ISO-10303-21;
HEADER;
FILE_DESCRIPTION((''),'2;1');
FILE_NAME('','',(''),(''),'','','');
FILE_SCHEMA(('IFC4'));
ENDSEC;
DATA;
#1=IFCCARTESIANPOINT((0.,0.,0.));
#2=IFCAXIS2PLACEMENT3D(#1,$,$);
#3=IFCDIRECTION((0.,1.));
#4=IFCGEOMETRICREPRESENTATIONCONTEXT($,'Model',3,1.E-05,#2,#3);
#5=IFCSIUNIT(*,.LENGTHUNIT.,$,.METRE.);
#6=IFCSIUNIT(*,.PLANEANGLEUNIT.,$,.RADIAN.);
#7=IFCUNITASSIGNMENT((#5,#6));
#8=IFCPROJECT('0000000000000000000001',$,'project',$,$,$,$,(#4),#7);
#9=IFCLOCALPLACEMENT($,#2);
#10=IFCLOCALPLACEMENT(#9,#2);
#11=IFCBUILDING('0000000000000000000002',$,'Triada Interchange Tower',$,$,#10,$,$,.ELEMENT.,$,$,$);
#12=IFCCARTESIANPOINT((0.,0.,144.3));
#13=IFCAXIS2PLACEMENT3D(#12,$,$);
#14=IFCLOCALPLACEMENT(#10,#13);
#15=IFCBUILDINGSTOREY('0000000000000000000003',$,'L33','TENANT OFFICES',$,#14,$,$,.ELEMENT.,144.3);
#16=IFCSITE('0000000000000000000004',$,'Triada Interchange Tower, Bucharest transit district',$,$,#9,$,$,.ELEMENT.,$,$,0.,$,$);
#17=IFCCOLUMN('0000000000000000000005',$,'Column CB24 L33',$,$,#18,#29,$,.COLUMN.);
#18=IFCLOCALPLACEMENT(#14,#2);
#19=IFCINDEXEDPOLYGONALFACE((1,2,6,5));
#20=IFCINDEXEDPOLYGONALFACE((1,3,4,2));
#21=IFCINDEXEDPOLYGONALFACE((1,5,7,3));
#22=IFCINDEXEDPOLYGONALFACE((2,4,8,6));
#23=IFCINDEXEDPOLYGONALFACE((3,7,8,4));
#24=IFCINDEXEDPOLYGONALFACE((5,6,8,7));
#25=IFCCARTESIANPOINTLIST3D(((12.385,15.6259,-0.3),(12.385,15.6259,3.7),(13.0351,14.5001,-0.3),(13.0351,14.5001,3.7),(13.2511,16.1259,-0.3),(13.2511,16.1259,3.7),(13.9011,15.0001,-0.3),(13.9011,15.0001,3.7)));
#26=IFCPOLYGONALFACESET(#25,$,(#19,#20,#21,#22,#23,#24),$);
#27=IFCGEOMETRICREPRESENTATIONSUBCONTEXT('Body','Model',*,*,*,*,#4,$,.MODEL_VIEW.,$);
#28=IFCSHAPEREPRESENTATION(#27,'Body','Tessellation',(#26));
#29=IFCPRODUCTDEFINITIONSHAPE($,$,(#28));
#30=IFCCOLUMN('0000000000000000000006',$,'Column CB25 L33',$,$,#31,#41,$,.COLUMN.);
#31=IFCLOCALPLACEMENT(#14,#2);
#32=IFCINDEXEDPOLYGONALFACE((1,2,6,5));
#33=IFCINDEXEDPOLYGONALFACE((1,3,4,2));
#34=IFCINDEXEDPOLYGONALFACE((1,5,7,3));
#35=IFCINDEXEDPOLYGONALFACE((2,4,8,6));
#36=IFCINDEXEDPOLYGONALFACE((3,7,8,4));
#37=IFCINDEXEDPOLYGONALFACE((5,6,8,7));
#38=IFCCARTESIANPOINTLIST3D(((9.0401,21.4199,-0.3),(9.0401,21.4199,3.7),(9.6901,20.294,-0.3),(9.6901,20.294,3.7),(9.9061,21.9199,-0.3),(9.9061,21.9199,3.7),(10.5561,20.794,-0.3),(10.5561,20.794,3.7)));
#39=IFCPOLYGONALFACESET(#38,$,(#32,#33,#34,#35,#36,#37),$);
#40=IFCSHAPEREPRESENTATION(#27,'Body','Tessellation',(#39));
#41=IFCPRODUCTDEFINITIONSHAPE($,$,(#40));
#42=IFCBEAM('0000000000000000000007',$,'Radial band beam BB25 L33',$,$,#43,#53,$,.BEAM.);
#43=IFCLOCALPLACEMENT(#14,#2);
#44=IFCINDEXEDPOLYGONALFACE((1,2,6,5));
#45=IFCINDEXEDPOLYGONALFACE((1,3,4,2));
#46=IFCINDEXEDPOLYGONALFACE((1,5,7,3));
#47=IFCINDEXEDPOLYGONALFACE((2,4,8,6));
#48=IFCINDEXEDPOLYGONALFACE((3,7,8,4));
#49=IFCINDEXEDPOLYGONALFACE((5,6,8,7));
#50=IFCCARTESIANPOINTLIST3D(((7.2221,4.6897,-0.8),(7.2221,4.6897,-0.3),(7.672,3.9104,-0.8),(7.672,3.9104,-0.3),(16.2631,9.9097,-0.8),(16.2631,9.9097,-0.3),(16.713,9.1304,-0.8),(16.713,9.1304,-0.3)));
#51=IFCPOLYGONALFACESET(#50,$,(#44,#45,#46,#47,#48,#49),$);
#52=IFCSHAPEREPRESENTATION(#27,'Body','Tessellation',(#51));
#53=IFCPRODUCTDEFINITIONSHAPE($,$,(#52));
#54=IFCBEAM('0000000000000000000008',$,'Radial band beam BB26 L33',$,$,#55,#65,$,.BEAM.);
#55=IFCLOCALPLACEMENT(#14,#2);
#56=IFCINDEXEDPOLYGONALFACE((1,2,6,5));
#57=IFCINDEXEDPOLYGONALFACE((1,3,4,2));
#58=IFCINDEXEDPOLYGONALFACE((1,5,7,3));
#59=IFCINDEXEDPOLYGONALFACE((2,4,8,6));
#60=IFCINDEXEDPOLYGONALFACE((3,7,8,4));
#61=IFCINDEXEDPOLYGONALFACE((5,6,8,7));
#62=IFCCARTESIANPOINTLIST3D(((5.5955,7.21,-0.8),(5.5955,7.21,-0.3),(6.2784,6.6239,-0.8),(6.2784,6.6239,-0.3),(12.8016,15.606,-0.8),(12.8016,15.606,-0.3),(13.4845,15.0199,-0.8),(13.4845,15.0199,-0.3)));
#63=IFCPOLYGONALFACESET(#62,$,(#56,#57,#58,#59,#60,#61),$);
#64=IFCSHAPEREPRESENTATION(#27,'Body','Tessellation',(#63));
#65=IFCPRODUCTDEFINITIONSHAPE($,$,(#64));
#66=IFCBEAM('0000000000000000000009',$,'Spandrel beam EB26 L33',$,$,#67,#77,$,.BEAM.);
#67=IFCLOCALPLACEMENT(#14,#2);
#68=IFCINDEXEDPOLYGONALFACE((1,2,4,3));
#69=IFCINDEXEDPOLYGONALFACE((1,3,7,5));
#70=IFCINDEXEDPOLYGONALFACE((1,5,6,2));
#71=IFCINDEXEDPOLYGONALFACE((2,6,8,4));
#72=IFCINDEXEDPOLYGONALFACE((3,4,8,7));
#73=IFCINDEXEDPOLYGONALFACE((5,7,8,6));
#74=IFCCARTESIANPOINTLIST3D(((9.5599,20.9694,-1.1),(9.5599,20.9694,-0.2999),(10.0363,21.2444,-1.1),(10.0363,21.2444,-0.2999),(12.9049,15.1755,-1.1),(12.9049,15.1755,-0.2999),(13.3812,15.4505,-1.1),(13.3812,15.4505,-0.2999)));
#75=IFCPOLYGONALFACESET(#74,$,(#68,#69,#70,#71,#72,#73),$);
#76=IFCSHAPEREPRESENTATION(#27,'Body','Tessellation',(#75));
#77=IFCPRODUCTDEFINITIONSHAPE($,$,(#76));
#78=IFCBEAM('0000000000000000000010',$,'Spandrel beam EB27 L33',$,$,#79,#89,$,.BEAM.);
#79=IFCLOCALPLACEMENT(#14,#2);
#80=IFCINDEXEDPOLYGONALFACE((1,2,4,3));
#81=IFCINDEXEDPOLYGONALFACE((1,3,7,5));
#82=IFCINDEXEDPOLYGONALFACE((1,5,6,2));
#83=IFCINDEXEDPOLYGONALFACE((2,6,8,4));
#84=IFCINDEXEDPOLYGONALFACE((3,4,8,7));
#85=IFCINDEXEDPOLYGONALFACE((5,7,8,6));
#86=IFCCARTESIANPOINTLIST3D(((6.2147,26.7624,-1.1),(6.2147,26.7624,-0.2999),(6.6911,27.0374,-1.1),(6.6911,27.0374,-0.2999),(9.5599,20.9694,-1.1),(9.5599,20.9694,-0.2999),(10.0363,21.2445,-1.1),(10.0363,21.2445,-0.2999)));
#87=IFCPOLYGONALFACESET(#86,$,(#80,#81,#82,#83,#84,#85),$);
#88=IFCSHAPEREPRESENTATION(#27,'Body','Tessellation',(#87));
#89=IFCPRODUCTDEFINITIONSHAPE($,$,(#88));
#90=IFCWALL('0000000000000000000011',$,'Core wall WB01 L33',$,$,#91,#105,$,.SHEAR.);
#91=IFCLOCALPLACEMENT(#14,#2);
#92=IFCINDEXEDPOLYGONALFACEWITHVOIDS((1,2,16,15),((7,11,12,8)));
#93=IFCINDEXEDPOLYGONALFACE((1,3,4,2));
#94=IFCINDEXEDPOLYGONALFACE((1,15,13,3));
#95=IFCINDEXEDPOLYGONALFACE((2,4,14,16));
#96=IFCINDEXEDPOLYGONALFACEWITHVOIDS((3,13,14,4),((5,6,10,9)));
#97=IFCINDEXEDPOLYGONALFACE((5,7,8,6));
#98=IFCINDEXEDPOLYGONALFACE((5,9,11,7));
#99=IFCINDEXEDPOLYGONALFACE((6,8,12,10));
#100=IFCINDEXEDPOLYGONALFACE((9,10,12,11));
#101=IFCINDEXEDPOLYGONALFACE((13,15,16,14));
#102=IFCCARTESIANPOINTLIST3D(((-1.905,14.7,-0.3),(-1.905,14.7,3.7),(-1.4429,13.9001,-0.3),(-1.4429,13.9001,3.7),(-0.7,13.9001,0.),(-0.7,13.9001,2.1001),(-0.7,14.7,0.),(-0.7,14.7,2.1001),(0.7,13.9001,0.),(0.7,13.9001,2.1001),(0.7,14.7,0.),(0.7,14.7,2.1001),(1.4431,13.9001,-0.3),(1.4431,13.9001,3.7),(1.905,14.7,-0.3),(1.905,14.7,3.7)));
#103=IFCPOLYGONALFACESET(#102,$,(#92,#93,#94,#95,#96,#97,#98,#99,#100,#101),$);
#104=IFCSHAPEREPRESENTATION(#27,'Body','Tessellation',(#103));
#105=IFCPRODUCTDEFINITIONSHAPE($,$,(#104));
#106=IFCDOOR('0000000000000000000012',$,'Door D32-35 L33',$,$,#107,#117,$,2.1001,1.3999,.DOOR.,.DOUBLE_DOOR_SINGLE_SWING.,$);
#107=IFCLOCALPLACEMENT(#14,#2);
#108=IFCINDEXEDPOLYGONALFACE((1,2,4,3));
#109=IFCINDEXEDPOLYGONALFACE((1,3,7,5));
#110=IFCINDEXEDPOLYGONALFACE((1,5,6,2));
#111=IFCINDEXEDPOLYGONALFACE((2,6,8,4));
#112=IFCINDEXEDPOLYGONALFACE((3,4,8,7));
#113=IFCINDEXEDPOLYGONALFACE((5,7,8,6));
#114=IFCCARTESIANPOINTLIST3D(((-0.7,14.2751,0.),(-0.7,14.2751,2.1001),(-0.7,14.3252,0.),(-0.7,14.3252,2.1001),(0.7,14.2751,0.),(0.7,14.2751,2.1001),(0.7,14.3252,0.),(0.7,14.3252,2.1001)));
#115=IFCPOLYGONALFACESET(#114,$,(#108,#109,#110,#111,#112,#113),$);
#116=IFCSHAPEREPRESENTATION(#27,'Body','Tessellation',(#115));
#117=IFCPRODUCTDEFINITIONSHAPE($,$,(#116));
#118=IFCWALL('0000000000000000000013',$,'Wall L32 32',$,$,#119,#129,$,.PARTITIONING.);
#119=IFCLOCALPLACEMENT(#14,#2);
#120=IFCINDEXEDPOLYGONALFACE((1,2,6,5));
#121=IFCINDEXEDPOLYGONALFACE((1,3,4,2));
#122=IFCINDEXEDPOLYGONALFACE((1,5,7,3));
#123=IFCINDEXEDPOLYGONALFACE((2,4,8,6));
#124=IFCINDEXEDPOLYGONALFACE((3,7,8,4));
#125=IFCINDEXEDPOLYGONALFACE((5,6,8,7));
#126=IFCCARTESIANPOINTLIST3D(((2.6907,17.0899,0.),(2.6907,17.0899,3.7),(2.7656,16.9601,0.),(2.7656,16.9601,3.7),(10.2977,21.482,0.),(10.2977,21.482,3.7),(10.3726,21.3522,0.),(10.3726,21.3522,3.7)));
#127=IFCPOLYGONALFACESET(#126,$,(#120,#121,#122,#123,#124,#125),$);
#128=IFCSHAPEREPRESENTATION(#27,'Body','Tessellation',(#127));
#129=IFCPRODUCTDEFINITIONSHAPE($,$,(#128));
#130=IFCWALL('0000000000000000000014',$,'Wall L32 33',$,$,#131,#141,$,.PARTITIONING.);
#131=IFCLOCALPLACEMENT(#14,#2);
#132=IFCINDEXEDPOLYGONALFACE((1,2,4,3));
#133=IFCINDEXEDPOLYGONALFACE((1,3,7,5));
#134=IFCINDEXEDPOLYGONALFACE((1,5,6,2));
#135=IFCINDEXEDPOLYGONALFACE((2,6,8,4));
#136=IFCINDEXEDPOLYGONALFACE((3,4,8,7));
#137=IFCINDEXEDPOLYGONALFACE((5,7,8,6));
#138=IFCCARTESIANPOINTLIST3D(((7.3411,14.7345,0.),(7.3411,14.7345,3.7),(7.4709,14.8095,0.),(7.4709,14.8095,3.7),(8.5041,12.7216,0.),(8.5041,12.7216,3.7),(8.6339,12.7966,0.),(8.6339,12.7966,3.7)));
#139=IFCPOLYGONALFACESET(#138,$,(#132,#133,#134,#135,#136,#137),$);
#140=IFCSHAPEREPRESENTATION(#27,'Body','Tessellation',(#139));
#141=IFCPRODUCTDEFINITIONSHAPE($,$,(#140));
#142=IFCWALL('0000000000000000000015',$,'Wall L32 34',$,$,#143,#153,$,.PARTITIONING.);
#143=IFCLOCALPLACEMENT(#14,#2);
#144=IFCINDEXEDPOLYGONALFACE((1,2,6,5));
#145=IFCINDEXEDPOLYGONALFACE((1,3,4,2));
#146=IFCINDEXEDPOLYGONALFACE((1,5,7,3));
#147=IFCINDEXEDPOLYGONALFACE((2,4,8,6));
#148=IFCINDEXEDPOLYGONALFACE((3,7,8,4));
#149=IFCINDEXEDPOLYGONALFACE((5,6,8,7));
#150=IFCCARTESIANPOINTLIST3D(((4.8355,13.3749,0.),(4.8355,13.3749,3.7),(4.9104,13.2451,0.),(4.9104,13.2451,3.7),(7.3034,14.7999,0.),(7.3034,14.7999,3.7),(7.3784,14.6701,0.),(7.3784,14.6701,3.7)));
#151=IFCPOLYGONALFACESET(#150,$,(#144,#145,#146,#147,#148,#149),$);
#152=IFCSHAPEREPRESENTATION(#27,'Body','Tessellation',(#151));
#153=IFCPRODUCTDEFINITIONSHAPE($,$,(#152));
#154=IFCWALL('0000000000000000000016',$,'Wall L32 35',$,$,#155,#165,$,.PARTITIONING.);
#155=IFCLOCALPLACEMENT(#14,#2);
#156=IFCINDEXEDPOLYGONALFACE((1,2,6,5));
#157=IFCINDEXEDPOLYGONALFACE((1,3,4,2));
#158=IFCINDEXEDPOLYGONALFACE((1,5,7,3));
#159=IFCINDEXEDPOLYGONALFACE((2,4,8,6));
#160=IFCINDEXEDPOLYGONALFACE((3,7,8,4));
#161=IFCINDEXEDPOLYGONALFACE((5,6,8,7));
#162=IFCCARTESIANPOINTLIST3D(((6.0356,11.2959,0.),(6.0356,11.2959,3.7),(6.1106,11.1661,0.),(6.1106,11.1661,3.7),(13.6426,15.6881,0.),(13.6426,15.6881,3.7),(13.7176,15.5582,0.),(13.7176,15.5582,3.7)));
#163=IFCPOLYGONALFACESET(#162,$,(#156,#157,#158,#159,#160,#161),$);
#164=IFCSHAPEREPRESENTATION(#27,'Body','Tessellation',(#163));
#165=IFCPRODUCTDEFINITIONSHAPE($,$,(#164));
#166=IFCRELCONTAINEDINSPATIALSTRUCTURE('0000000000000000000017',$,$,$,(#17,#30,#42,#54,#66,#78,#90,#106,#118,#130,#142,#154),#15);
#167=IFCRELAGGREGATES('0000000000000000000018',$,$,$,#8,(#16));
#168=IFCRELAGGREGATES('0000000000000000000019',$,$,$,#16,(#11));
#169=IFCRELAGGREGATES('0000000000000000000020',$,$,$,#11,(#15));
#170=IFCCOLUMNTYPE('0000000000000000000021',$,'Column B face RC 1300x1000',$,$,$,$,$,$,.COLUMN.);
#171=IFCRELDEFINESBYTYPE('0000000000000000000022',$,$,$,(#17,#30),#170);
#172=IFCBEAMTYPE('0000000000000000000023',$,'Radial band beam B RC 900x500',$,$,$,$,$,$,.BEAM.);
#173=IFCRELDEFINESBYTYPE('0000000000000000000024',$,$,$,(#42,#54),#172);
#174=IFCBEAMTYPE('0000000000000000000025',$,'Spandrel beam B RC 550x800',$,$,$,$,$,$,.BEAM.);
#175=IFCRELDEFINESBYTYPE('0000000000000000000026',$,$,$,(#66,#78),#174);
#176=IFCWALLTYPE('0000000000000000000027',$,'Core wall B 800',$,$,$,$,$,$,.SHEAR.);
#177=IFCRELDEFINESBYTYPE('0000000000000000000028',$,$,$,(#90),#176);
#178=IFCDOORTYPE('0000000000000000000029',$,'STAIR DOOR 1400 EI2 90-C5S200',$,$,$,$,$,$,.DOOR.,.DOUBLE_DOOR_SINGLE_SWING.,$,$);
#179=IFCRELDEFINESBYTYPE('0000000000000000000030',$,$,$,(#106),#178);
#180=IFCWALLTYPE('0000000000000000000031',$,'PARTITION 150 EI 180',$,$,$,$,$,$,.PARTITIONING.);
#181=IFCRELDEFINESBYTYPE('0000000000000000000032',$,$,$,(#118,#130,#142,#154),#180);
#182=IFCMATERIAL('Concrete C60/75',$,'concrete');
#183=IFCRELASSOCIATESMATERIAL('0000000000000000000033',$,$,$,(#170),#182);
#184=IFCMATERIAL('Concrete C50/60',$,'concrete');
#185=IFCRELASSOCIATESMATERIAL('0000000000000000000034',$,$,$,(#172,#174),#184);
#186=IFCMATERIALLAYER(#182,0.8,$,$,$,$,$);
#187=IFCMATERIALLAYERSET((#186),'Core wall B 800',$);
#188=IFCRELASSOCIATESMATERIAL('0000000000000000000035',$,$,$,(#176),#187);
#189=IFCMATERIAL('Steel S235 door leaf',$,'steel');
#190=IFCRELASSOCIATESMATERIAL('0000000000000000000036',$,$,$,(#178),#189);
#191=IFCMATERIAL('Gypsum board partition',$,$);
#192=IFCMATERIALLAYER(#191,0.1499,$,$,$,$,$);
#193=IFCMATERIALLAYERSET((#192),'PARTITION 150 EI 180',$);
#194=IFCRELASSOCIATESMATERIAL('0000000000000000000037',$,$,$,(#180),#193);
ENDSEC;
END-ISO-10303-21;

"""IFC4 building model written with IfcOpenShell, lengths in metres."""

from ifc_helpers import new_model, si_unit, direction, frame, frame_2d, origin, origin_2d, place, context, subcontext, project, spatial, polyline, rectangle, outline, extrude, material, layer, layer_set, material_profile, profile_set, type_object, element, fill, save


model = new_model("IFC4")

# Units and contexts
model_context = context("Model", 3, precision=1e-05, world=origin(), true_north=direction((0.0, 1.0)))
body_context = subcontext(model_context, "Body", "Model", "MODEL_VIEW")
ifc_project = project(units=[si_unit("LENGTHUNIT", "METRE"), si_unit("PLANEANGLEUNIT", "RADIAN")], contexts=[model_context])

# Site, building, storey
site_placement = place(None, origin())
site = spatial("IfcSite", under=ifc_project, at=site_placement, Name="Triada Interchange Tower, Bucharest transit district", CompositionType="ELEMENT", RefElevation=0.0)
building_placement = place(site_placement, origin())
building = spatial("IfcBuilding", under=site, at=building_placement, Name="Triada Interchange Tower", CompositionType="ELEMENT")
storey_placement = place(building_placement, frame((0.0, 0.0, 144.3)))
storey = spatial("IfcBuildingStorey", under=building, at=storey_placement, Name="L33", Description="TENANT OFFICES", CompositionType="ELEMENT", Elevation=144.3)

# Columns
ifc_material_1 = material(Name="Concrete C60/75", Category="concrete")
ifc_material_profile_1 = material_profile(ifc_material_1, rectangle(XDim=1.3, YDim=1.0, at=origin_2d()), Name="RC 1300x1000")
ifc_profile_set_1 = profile_set([ifc_material_profile_1], Name="Concrete C60/75")
column_type = type_object("IfcColumnType", Name="Column B face RC 1300x1000", PredefinedType="COLUMN", material=ifc_profile_set_1)
for number, where, z_axis, x_axis, name in (
    (1, (13.1431, 15.313, -0.3), (0.0, 0.0, 1.0), (-0.5, 0.866025, 0.0), "Column CB24 L33"),
    (2, (9.7981, 21.1069, -0.3), (0.0, 0.0, 1.0), (-0.5, 0.866025, 0.0), "Column CB25 L33"),
):
    element("IfcColumn", number, at=place(storey_placement, frame(where, z_axis=z_axis, x_axis=x_axis)), inside=storey, type_object=column_type, Name=name, PredefinedType="COLUMN", context=body_context, shape_type="SweptSolid", body=[
        extrude(rectangle(XDim=1.3, YDim=1.0, at=origin_2d()), origin(), (0.0, 0.0, 1.0), 4.0),
    ])

# Beams
ifc_material_2 = material(Name="Concrete C50/60", Category="concrete")
ifc_material_profile_2 = material_profile(ifc_material_2, rectangle(XDim=0.8999, YDim=0.5, at=origin_2d()), Name="RC 900x500")
ifc_profile_set_2 = profile_set([ifc_material_profile_2], Name="Concrete C50/60")
beam_type_1 = type_object("IfcBeamType", Name="Radial band beam B RC 900x500", PredefinedType="BEAM", material=ifc_profile_set_2)
beam_1_placement = place(storey_placement, frame((16.488, 9.52, -0.55), z_axis=(-0.86602, -0.50001, 0.0), x_axis=(0.50001, -0.86602, 0.0)))
element("IfcBeam", 3, at=beam_1_placement, inside=storey, type_object=beam_type_1, Name="Radial band beam BB25 L33", PredefinedType="BEAM", context=body_context, shape_type="SweptSolid", body=[
    extrude(rectangle(XDim=0.8999, YDim=0.5, at=origin_2d()), origin(), (0.0, 0.0, 1.0), 10.4397),
])
beam_2_placement = place(storey_placement, frame((13.1431, 15.313, -0.55), z_axis=(-0.651286, -0.758833, 0.0), x_axis=(0.758833, -0.651286, 0.0)))
element("IfcBeam", 4, at=beam_2_placement, inside=storey, type_object=beam_type_1, Name="Radial band beam BB26 L33", PredefinedType="BEAM", context=body_context, shape_type="SweptSolid", body=[
    extrude(rectangle(XDim=0.8999, YDim=0.5, at=origin_2d()), origin(), (0.0, 0.0, 1.0), 11.0645),
])
ifc_material_profile_3 = material_profile(ifc_material_2, rectangle(XDim=0.55, YDim=0.8, at=origin_2d()), Name="RC 550x800")
ifc_profile_set_3 = profile_set([ifc_material_profile_3], Name="Concrete C50/60")
beam_type_2 = type_object("IfcBeamType", Name="Spandrel beam B RC 550x800", PredefinedType="BEAM", material=ifc_profile_set_3)
beam_3_placement = place(storey_placement, frame((13.1431, 15.313, -0.7), z_axis=(-0.499981, 0.866036, 0.0), x_axis=(-0.866036, -0.499981, 0.0)))
element("IfcBeam", 5, at=beam_3_placement, inside=storey, type_object=beam_type_2, Name="Spandrel beam EB26 L33", PredefinedType="BEAM", context=body_context, shape_type="SweptSolid", body=[
    extrude(rectangle(XDim=0.55, YDim=0.8, at=origin_2d()), origin(), (0.0, 0.0, 1.0), 6.6902),
])
beam_4_placement = place(storey_placement, frame((9.7981, 21.1069, -0.7), z_axis=(-0.500072, 0.865984, 0.0), x_axis=(-0.865984, -0.500072, 0.0)))
element("IfcBeam", 6, at=beam_4_placement, inside=storey, type_object=beam_type_2, Name="Spandrel beam EB27 L33", PredefinedType="BEAM", context=body_context, shape_type="SweptSolid", body=[
    extrude(rectangle(XDim=0.55, YDim=0.8, at=origin_2d()), origin(), (0.0, 0.0, 1.0), 6.6895),
])

# Wall, opening, door
ifc_layer_1 = layer(ifc_material_1, 0.8)
ifc_layer_set_1 = layer_set([ifc_layer_1], Name="Core wall B 800")
wall_type_1 = type_object("IfcWallType", Name="Core wall B 800", PredefinedType="SHEAR", material=ifc_layer_set_1)
wall_1_placement = place(storey_placement, frame((1.6741, 14.3, -0.3), z_axis=(0.0, 0.0, 1.0), x_axis=(-1.0, 0.0, 0.0)))
wall_1 = element("IfcWall", 7, at=wall_1_placement, inside=storey, type_object=wall_type_1, Name="Core wall WB01 L33", PredefinedType="SHEAR", context=body_context, shape_type="SweptSolid", body=[
    extrude(outline(polyline([(-0.231, -0.3999), (1.6741, -0.3999), (3.5791, -0.3999), (3.1169, 0.3999), (1.6738, 0.3999), (0.231, 0.3999), (-0.231, -0.3999)])), origin(), (0.0, 0.0, 1.0), 4.0),
])
opening_1_placement = place(wall_1_placement, frame((0.9741, 0.0, 0.3)))
opening_1 = element("IfcOpeningElement", 8, at=opening_1_placement, cuts=wall_1, PredefinedType="OPENING", context=body_context, shape_type="SweptSolid", body=[
    extrude(rectangle(XDim=1.3999, YDim=2.1001, at=frame_2d((0.7, 1.05))), frame((0.0, 0.4099, 0.0), z_axis=(0.0, -1.0, 0.0), x_axis=(1.0, 0.0, 0.0)), (0.0, 0.0, 1.0), 0.8201),
])
ifc_material_3 = material(Name="Steel S235 door leaf", Category="steel")
door_type_1 = type_object("IfcDoorType", Name="STAIR DOOR 1400 EI2 90-C5S200", OperationType="DOUBLE_DOOR_SINGLE_SWING", PredefinedType="DOOR", material=ifc_material_3)
door_1_placement = place(opening_1_placement, origin())
door_1 = element("IfcDoor", 9, at=door_1_placement, inside=storey, type_object=door_type_1, Name="Door D32-35 L33", OperationType="DOUBLE_DOOR_SINGLE_SWING", OverallHeight=2.1001, OverallWidth=1.3999, PredefinedType="DOOR", context=body_context, shape_type="SweptSolid", body=[
    extrude(rectangle(XDim=1.3999, YDim=2.1001, at=frame_2d((0.7, 1.05))), frame((0.0, 0.0249, 0.0), z_axis=(0.0, -1.0, 0.0), x_axis=(1.0, 0.0, 0.0)), (0.0, 0.0, 1.0), 0.05),
])
fill(opening_1, door_1)

# Walls
ifc_material_4 = material(Name="Gypsum board partition")
ifc_layer_2 = layer(ifc_material_4, 0.1499)
ifc_layer_set_2 = layer_set([ifc_layer_2], Name="PARTITION 150 EI 180")
wall_type_2 = type_object("IfcWallType", Name="PARTITION 150 EI 180", PredefinedType="PARTITIONING", material=ifc_layer_set_2)
wall_2_placement = place(storey_placement, frame((2.728, 17.0249, 0.0), z_axis=(0.0, 0.0, 1.0), x_axis=(0.866014, 0.500019, 0.0)))
element("IfcWall", 10, at=wall_2_placement, inside=storey, type_object=wall_type_2, Name="Wall L32 32", PredefinedType="PARTITIONING", context=body_context, shape_type="SweptSolid", body=[
    extrude(rectangle(XDim=8.7839, YDim=0.1499, at=frame_2d((4.3921, 0.0))), origin(), (0.0, 0.0, 1.0), 3.7),
])
wall_3_placement = place(storey_placement, frame((7.406, 14.772, 0.0), z_axis=(0.0, 0.0, 1.0), x_axis=(0.500295, -0.865855, 0.0)))
element("IfcWall", 11, at=wall_3_placement, inside=storey, type_object=wall_type_2, Name="Wall L32 33", PredefinedType="PARTITIONING", context=body_context, shape_type="SweptSolid", body=[
    extrude(rectangle(XDim=2.3247, YDim=0.1499, at=frame_2d((1.1624, 0.0))), origin(), (0.0, 0.0, 1.0), 3.7),
])
wall_4_placement = place(storey_placement, frame((4.873, 13.3101, 0.0), z_axis=(0.0, 0.0, 1.0), x_axis=(0.866004, 0.500036, 0.0)))
element("IfcWall", 12, at=wall_4_placement, inside=storey, type_object=wall_type_2, Name="Wall L32 34", PredefinedType="PARTITIONING", context=body_context, shape_type="SweptSolid", body=[
    extrude(rectangle(XDim=2.8499, YDim=0.1499, at=frame_2d((1.4248, 0.0))), origin(), (0.0, 0.0, 1.0), 3.7),
])
wall_5_placement = place(storey_placement, frame((6.073, 11.231, 0.0), z_axis=(0.0, 0.0, 1.0), x_axis=(0.866014, 0.500019, 0.0)))
element("IfcWall", 13, at=wall_5_placement, inside=storey, type_object=wall_type_2, Name="Wall L32 35", PredefinedType="PARTITIONING", context=body_context, shape_type="SweptSolid", body=[
    extrude(rectangle(XDim=8.7839, YDim=0.1499, at=frame_2d((4.3921, 0.0))), origin(), (0.0, 0.0, 1.0), 3.7),
])

save(model, "model.ifc")
